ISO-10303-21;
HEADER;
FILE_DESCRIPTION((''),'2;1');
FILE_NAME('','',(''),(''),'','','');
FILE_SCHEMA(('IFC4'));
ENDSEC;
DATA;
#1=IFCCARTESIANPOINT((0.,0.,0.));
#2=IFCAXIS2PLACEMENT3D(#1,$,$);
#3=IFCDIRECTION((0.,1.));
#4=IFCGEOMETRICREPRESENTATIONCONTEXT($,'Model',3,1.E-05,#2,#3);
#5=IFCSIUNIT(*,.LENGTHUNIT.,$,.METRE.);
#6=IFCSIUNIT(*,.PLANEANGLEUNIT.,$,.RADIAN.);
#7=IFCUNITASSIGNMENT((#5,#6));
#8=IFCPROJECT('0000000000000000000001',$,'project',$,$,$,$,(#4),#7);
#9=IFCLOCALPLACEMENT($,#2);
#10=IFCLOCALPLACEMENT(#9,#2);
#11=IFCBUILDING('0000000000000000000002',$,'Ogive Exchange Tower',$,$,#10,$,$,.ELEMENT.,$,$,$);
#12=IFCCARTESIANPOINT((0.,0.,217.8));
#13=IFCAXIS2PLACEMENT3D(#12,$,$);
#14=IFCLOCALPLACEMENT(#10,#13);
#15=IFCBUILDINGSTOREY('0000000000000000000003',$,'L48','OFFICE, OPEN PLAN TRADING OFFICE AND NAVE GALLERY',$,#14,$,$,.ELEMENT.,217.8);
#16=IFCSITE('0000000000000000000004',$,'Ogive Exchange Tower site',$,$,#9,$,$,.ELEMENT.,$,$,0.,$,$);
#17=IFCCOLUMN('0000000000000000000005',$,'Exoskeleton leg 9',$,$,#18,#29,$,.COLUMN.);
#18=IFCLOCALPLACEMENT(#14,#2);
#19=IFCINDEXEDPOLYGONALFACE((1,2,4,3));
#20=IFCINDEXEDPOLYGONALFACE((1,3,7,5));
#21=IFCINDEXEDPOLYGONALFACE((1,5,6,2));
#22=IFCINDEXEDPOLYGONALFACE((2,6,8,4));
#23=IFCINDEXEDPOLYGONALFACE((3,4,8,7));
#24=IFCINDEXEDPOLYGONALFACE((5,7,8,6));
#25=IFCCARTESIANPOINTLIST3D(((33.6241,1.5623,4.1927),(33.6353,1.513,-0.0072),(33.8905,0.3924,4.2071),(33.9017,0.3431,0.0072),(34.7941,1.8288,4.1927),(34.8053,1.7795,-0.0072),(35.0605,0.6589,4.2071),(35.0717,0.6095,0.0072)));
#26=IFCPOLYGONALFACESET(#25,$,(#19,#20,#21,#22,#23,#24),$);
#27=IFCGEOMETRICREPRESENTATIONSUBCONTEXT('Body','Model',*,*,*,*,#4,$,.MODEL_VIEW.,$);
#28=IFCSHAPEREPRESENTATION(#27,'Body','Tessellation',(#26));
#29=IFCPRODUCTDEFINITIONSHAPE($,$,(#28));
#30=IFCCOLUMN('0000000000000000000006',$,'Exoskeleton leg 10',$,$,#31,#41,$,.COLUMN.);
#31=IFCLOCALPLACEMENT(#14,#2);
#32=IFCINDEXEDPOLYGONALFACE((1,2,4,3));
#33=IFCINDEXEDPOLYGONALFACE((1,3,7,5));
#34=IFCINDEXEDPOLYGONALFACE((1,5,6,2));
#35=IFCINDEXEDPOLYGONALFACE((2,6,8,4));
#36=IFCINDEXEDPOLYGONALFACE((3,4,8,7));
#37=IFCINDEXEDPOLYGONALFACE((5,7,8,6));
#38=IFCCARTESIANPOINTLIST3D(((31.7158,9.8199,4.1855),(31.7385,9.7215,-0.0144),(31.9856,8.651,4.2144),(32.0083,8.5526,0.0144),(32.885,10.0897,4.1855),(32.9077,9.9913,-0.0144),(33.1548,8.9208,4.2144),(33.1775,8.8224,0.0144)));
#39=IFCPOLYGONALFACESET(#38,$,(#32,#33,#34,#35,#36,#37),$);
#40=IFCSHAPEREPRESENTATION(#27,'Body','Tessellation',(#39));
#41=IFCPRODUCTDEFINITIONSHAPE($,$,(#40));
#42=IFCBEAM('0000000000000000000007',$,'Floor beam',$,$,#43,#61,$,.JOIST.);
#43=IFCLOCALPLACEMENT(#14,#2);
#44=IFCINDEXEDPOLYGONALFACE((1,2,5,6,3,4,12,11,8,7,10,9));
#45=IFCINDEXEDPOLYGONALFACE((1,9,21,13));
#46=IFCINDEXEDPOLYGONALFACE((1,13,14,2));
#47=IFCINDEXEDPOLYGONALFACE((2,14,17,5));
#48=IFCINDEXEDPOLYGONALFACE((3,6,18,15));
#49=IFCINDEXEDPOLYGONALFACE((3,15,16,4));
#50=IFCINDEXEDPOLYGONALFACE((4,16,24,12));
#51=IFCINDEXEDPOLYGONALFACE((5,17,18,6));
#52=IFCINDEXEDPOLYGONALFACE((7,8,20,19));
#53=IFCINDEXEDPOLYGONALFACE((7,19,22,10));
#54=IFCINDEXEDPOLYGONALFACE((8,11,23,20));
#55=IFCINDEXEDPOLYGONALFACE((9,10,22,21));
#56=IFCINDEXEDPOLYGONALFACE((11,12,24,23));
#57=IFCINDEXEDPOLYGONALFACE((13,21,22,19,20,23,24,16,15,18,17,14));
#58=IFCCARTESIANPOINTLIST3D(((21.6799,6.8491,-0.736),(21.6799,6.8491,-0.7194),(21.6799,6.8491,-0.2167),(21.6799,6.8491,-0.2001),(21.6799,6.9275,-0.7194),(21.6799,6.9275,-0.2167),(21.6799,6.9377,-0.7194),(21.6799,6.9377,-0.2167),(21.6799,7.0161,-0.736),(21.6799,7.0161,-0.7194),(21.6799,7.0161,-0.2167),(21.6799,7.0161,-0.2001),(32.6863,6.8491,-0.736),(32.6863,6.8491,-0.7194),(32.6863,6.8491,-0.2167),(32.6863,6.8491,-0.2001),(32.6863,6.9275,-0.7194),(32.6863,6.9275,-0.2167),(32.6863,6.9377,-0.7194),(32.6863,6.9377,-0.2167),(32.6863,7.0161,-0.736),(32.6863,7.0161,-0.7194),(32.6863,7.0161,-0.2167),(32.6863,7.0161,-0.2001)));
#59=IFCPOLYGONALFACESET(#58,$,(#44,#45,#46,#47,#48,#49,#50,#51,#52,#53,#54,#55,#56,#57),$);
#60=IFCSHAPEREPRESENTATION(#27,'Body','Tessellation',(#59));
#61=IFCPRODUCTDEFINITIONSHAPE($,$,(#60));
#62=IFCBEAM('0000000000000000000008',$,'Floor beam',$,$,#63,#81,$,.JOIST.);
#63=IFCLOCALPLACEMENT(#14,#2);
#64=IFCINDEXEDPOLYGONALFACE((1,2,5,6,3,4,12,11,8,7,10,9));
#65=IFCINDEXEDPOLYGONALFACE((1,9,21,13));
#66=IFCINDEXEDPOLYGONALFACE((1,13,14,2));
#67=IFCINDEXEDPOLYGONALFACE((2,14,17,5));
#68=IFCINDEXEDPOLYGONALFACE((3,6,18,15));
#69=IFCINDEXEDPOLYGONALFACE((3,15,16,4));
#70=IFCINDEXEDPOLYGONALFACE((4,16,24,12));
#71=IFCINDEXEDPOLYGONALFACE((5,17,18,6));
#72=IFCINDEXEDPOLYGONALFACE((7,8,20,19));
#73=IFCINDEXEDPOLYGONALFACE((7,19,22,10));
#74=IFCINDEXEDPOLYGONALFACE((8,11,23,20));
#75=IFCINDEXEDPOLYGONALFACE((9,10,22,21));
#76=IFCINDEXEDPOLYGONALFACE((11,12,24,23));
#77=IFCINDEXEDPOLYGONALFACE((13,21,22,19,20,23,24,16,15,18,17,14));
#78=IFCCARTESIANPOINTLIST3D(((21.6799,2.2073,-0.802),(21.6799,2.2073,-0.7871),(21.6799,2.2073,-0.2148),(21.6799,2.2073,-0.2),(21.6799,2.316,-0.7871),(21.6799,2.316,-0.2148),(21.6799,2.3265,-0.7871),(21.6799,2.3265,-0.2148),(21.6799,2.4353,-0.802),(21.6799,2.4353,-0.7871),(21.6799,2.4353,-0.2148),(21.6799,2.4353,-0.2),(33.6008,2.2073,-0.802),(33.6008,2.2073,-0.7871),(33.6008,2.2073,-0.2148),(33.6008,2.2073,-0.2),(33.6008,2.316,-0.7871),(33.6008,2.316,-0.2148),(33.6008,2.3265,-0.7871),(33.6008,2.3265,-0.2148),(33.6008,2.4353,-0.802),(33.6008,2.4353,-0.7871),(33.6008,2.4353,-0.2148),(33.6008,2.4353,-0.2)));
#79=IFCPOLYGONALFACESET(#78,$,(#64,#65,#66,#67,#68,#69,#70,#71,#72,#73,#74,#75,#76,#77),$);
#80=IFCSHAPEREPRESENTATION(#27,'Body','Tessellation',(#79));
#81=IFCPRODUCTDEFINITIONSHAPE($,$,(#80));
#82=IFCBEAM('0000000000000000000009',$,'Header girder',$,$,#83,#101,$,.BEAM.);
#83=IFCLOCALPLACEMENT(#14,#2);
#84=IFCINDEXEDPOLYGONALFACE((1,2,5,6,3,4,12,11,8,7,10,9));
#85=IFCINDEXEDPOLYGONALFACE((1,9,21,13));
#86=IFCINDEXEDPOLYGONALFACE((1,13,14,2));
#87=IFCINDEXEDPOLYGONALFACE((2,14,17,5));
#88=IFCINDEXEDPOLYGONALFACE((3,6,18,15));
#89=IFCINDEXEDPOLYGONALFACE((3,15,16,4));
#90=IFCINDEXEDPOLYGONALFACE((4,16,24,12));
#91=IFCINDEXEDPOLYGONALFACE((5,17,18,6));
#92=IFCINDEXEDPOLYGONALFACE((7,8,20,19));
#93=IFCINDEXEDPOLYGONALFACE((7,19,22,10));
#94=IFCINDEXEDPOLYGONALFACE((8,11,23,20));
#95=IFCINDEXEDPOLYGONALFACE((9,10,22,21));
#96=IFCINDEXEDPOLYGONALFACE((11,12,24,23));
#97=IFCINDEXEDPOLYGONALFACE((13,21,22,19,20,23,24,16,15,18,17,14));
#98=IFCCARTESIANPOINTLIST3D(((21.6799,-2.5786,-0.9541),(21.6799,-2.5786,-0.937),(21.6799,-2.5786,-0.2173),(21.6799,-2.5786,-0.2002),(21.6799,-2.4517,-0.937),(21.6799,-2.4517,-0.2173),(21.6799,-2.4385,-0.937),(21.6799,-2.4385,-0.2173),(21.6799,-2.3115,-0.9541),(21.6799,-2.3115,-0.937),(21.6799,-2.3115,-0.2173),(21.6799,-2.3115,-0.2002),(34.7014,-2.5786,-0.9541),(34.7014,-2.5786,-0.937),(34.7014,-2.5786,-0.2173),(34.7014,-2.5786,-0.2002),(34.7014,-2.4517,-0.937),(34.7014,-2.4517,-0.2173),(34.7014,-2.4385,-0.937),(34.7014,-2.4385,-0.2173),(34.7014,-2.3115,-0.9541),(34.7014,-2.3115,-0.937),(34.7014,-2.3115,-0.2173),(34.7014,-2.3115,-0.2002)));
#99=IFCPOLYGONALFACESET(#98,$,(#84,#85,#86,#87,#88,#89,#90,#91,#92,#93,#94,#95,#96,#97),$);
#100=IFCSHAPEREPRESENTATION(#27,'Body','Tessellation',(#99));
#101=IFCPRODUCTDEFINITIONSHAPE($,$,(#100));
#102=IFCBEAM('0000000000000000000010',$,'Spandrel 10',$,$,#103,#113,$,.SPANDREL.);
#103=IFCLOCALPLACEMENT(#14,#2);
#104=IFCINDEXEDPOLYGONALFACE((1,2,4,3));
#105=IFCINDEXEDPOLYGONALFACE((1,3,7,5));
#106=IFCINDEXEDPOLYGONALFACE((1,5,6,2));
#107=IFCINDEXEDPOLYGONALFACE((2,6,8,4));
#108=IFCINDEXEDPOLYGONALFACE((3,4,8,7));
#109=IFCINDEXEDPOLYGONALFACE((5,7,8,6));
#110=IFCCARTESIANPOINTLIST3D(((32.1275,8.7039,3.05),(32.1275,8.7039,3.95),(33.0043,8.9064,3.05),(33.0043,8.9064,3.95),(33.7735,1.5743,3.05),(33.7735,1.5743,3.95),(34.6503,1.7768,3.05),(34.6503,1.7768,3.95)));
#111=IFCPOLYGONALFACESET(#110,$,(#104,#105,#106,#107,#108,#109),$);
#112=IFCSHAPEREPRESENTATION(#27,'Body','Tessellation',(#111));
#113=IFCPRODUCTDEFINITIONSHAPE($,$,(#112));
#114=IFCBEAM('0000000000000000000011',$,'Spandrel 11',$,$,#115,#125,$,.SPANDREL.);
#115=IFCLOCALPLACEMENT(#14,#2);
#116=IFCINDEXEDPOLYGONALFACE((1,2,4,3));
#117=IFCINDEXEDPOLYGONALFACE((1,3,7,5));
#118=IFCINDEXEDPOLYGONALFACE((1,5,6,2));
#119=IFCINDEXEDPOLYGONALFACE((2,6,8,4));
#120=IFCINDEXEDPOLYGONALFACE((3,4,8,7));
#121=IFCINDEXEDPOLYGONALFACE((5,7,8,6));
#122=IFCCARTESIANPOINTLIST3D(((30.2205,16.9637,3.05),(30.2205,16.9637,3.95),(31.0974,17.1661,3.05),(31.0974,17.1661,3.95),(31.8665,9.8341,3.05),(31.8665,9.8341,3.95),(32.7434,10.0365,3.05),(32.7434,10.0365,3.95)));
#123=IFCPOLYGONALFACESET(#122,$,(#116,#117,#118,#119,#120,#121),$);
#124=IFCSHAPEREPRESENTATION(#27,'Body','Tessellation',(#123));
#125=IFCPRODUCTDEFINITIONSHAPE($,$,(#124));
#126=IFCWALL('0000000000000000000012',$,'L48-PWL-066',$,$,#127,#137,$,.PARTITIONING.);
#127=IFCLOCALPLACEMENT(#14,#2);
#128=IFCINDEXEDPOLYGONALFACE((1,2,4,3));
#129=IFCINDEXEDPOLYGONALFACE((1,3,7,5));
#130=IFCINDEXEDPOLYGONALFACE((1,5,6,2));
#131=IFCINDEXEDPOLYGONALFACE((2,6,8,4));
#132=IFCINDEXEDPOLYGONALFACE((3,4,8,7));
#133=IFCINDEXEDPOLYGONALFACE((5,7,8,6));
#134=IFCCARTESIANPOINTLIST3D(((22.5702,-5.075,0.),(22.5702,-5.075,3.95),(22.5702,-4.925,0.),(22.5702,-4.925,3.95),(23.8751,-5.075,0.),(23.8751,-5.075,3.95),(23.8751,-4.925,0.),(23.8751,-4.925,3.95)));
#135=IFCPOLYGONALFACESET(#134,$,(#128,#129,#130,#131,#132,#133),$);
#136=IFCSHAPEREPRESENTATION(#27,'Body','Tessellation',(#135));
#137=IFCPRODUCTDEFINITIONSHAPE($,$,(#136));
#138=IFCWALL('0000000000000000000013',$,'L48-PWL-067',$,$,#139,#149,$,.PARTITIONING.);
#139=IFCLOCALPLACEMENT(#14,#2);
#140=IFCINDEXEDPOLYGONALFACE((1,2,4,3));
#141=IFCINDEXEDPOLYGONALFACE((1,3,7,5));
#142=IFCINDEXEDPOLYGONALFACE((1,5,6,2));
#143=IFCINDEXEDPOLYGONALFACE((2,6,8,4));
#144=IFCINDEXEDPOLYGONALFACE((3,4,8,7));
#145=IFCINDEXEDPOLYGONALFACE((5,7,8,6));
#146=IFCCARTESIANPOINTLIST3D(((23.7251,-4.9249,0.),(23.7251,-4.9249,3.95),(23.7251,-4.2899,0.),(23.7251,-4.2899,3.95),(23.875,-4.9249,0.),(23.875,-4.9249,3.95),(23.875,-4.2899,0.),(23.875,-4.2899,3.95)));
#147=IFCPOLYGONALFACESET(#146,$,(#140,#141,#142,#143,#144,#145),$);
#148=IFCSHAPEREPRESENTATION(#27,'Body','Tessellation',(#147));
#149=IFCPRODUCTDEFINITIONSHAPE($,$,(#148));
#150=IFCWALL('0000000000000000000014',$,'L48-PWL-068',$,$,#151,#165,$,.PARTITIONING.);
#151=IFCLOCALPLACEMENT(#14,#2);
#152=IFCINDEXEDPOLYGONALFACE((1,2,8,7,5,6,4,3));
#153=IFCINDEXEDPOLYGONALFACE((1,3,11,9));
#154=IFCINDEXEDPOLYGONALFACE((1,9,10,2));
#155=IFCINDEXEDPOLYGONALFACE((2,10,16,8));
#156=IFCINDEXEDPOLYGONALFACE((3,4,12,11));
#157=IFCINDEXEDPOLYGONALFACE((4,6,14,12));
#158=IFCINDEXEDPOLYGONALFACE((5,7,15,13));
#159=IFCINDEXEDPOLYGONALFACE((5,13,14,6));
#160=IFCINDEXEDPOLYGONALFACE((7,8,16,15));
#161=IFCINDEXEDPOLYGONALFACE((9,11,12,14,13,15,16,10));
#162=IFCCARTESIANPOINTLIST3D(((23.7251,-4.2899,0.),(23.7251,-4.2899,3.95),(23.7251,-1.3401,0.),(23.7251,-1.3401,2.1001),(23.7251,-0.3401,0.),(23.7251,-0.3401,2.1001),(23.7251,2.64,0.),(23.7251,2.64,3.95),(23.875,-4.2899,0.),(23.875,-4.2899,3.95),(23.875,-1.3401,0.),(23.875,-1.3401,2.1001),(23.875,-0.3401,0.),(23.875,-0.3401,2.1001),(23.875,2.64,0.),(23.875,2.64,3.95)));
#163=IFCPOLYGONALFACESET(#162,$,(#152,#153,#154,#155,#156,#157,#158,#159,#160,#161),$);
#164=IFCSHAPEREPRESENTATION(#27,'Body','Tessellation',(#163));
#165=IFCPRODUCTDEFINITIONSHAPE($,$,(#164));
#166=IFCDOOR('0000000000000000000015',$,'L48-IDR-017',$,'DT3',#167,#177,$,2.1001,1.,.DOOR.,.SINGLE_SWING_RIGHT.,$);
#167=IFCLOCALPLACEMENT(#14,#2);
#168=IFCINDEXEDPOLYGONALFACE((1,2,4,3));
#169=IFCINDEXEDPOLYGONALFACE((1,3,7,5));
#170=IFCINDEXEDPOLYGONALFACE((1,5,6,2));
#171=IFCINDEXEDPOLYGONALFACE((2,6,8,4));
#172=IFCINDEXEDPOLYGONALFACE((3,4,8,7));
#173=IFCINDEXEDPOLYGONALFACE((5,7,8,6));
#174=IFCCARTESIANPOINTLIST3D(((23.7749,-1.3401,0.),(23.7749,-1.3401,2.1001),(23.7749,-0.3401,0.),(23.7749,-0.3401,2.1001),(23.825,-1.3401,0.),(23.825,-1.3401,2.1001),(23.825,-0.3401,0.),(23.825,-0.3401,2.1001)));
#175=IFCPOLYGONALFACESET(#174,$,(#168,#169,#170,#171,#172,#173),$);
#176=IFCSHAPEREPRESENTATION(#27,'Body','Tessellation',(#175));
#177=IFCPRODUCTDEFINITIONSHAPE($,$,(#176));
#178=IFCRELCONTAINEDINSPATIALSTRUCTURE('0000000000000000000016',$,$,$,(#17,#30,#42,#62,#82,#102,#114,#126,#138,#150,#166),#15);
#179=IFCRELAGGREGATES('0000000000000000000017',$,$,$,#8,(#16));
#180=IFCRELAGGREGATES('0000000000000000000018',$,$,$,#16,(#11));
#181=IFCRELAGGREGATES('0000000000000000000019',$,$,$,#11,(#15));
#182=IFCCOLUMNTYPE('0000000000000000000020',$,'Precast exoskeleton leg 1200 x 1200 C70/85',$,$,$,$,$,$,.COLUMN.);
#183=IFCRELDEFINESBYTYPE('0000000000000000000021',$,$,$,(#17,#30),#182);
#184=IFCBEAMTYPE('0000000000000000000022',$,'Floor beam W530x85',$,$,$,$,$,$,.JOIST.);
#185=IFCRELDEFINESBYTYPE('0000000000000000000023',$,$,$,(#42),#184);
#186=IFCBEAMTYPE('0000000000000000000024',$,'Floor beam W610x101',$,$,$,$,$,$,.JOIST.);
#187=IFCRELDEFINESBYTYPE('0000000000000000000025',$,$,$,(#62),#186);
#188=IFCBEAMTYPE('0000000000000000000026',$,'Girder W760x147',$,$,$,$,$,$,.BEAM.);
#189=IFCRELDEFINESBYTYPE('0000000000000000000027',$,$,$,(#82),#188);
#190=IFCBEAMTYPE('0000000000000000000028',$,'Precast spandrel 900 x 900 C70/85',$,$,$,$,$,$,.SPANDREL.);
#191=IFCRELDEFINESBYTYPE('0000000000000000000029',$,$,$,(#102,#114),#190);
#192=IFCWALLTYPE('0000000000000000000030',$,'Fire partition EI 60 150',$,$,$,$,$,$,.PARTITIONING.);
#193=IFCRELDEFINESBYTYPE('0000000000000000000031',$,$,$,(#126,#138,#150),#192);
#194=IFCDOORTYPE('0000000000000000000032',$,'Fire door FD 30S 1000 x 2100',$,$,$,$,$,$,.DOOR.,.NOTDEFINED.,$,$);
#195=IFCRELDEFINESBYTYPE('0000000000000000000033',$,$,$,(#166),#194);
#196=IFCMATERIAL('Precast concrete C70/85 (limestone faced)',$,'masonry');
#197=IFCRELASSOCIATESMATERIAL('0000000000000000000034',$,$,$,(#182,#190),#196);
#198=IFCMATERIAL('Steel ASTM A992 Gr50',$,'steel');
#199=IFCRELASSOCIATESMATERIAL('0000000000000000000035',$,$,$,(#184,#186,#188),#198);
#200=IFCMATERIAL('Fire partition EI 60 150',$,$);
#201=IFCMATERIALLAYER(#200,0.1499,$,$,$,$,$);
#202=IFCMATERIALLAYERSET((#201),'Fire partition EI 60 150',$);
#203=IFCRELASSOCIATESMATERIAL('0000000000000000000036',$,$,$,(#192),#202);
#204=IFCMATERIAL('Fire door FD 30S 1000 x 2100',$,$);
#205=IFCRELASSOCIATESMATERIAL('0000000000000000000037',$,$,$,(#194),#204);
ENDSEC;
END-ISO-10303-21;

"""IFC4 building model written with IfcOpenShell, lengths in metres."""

from ifc_helpers import new_model, si_unit, direction, frame, frame_2d, origin, origin_2d, place, context, subcontext, project, spatial, rectangle, i_section, extrude, material, layer, layer_set, material_profile, profile_set, type_object, element, fill, save


model = new_model("IFC4")

# Units and contexts
model_context = context("Model", 3, precision=1e-05, world=origin(), true_north=direction((0.0, 1.0)))
body_context = subcontext(model_context, "Body", "Model", "MODEL_VIEW")
ifc_project = project(units=[si_unit("LENGTHUNIT", "METRE"), si_unit("PLANEANGLEUNIT", "RADIAN")], contexts=[model_context])

# Site, building, storey
site_placement = place(None, origin())
site = spatial("IfcSite", under=ifc_project, at=site_placement, Name="Ogive Exchange Tower site", CompositionType="ELEMENT", RefElevation=0.0)
building_placement = place(site_placement, origin())
building = spatial("IfcBuilding", under=site, at=building_placement, Name="Ogive Exchange Tower", CompositionType="ELEMENT")
storey_placement = place(building_placement, frame((0.0, 0.0, 217.8)))
storey = spatial("IfcBuildingStorey", under=building, at=storey_placement, Name="L48", Description="OFFICE, OPEN PLAN TRADING OFFICE AND NAVE GALLERY", CompositionType="ELEMENT", Elevation=217.8)

# Columns
ifc_material_1 = material(Name="Precast concrete C70/85 (limestone faced)", Category="masonry")
ifc_material_profile_1 = material_profile(ifc_material_1, rectangle(XDim=1.2, YDim=1.2, at=origin_2d()), Name="1200 x 1200")
ifc_profile_set_1 = profile_set([ifc_material_profile_1], Name="Precast concrete C70/85 (limestone faced)")
column_type = type_object("IfcColumnType", Name="Precast exoskeleton leg 1200 x 1200 C70/85", PredefinedType="COLUMN", material=ifc_profile_set_1)
column_1_placement = place(storey_placement, frame((34.3535, 1.0613, 0.0), z_axis=(-0.002674, 0.011741, 0.999927), x_axis=(-0.975038, -0.222038, 0.0)))
element("IfcColumn", 1, at=column_1_placement, inside=storey, type_object=column_type, Name="Exoskeleton leg 9", PredefinedType="COLUMN", context=body_context, shape_type="SweptSolid", body=[
    extrude(rectangle(XDim=1.2, YDim=1.2, at=origin_2d()), origin(), (0.0, 0.0, 1.0), 4.2002),
])
column_2_placement = place(storey_placement, frame((32.458, 9.272, 0.0), z_axis=(-0.005404, 0.023419, 0.999711), x_axis=(-0.974391, -0.22486, 0.0)))
element("IfcColumn", 2, at=column_2_placement, inside=storey, type_object=column_type, Name="Exoskeleton leg 10", PredefinedType="COLUMN", context=body_context, shape_type="SweptSolid", body=[
    extrude(rectangle(XDim=1.2, YDim=1.2, at=origin_2d()), origin(), (0.0, 0.0, 1.0), 4.2012),
])

# Beams
ifc_material_2 = material(Name="Steel ASTM A992 Gr50", Category="steel")
ifc_material_profile_2 = material_profile(ifc_material_2, i_section(OverallWidth=0.167, OverallDepth=0.5359, WebThickness=0.0103, FlangeThickness=0.0166, at=origin_2d()), Name="W530x85")
ifc_profile_set_2 = profile_set([ifc_material_profile_2], Name="Steel ASTM A992 Gr50")
beam_type_1 = type_object("IfcBeamType", Name="Floor beam W530x85", PredefinedType="JOIST", material=ifc_profile_set_2)
beam_1_placement = place(storey_placement, frame((21.6799, 6.9326, -0.468), z_axis=(1.0, 0.0, 0.0), x_axis=(0.0, 1.0, 0.0)))
element("IfcBeam", 3, at=beam_1_placement, inside=storey, type_object=beam_type_1, Name="Floor beam", PredefinedType="JOIST", context=body_context, shape_type="SweptSolid", body=[
    extrude(i_section(OverallWidth=0.167, OverallDepth=0.5359, WebThickness=0.0103, FlangeThickness=0.0166, at=origin_2d()), origin(), (0.0, 0.0, 1.0), 11.0063),
])
ifc_material_profile_3 = material_profile(ifc_material_2, i_section(OverallWidth=0.228, OverallDepth=0.6021, WebThickness=0.0105, FlangeThickness=0.0149, at=origin_2d()), Name="W610x101")
ifc_profile_set_3 = profile_set([ifc_material_profile_3], Name="Steel ASTM A992 Gr50")
beam_type_2 = type_object("IfcBeamType", Name="Floor beam W610x101", PredefinedType="JOIST", material=ifc_profile_set_3)
beam_2_placement = place(storey_placement, frame((21.6799, 2.3213, -0.501), z_axis=(1.0, 0.0, 0.0), x_axis=(0.0, 1.0, 0.0)))
element("IfcBeam", 4, at=beam_2_placement, inside=storey, type_object=beam_type_2, Name="Floor beam", PredefinedType="JOIST", context=body_context, shape_type="SweptSolid", body=[
    extrude(i_section(OverallWidth=0.228, OverallDepth=0.6021, WebThickness=0.0105, FlangeThickness=0.0149, at=origin_2d()), origin(), (0.0, 0.0, 1.0), 11.9209),
])
ifc_material_profile_4 = material_profile(ifc_material_2, i_section(OverallWidth=0.2671, OverallDepth=0.7539, WebThickness=0.0132, FlangeThickness=0.0171, at=origin_2d()), Name="W760x147")
ifc_profile_set_4 = profile_set([ifc_material_profile_4], Name="Steel ASTM A992 Gr50")
beam_type_3 = type_object("IfcBeamType", Name="Girder W760x147", PredefinedType="BEAM", material=ifc_profile_set_4)
beam_3_placement = place(storey_placement, frame((21.6799, -2.4451, -0.5771), z_axis=(1.0, 0.0, 0.0), x_axis=(0.0, 1.0, 0.0)))
element("IfcBeam", 5, at=beam_3_placement, inside=storey, type_object=beam_type_3, Name="Header girder", PredefinedType="BEAM", context=body_context, shape_type="SweptSolid", body=[
    extrude(i_section(OverallWidth=0.2671, OverallDepth=0.7539, WebThickness=0.0132, FlangeThickness=0.0171, at=origin_2d()), origin(), (0.0, 0.0, 1.0), 13.0215),
])
ifc_material_profile_5 = material_profile(ifc_material_1, rectangle(XDim=0.8999, YDim=0.8999, at=origin_2d()), Name="900 x 900")
ifc_profile_set_5 = profile_set([ifc_material_profile_5], Name="Precast concrete C70/85 (limestone faced)")
beam_type_4 = type_object("IfcBeamType", Name="Precast spandrel 900 x 900 C70/85", PredefinedType="SPANDREL", material=ifc_profile_set_5)
for number, where, z_axis, x_axis, name in (
    (6, (34.2119, 1.6755, 3.5), (-0.22495, 0.97437, 0.0), (-0.97437, -0.22495, 0.0), "Spandrel 10"),
    (7, (32.3049, 9.9353, 3.5), (-0.22495, 0.97437, 0.0), (-0.97437, -0.22495, 0.0), "Spandrel 11"),
):
    element("IfcBeam", number, at=place(storey_placement, frame(where, z_axis=z_axis, x_axis=x_axis)), inside=storey, type_object=beam_type_4, Name=name, PredefinedType="SPANDREL", context=body_context, shape_type="SweptSolid", body=[
        extrude(rectangle(XDim=0.8999, YDim=0.8999, at=origin_2d()), origin(), (0.0, 0.0, 1.0), 7.3171),
    ])

# Walls
ifc_material_3 = material(Name="Fire partition EI 60 150")
ifc_layer_1 = layer(ifc_material_3, 0.1499)
ifc_layer_set_1 = layer_set([ifc_layer_1], Name="Fire partition EI 60 150")
wall_type_1 = type_object("IfcWallType", Name="Fire partition EI 60 150", PredefinedType="PARTITIONING", material=ifc_layer_set_1)
wall_1_placement = place(storey_placement, frame((23.875, -5.0, 0.0), z_axis=(0.0, 0.0, 1.0), x_axis=(-1.0, 0.0, 0.0)))
element("IfcWall", 8, at=wall_1_placement, inside=storey, type_object=wall_type_1, Name="L48-PWL-066", PredefinedType="PARTITIONING", context=body_context, shape_type="SweptSolid", body=[
    extrude(rectangle(XDim=1.3049, YDim=0.1499, at=frame_2d((0.6523, 0.0))), origin(), (0.0, 0.0, 1.0), 3.95),
])
wall_2_placement = place(storey_placement, frame((23.8, -4.29, 0.0), z_axis=(0.0, 0.0, 1.0), x_axis=(0.0, -1.0, 0.0)))
element("IfcWall", 9, at=wall_2_placement, inside=storey, type_object=wall_type_1, Name="L48-PWL-067", PredefinedType="PARTITIONING", context=body_context, shape_type="SweptSolid", body=[
    extrude(rectangle(XDim=0.635, YDim=0.1499, at=frame_2d((0.3174, 0.0))), origin(), (0.0, 0.0, 1.0), 3.95),
])

# Wall, opening, door
wall_3_placement = place(storey_placement, frame((23.8, 2.6399, 0.0), z_axis=(0.0, 0.0, 1.0), x_axis=(0.0, -1.0, 0.0)))
wall_3 = element("IfcWall", 10, at=wall_3_placement, inside=storey, type_object=wall_type_1, Name="L48-PWL-068", PredefinedType="PARTITIONING", context=body_context, shape_type="SweptSolid", body=[
    extrude(rectangle(XDim=6.9299, YDim=0.1499, at=frame_2d((3.4648, 0.0))), origin(), (0.0, 0.0, 1.0), 3.95),
])
opening_1_placement = place(wall_3_placement, frame((2.98, 0.0, 0.0)))
opening_1 = element("IfcOpeningElement", 11, at=opening_1_placement, cuts=wall_3, PredefinedType="OPENING", context=body_context, shape_type="SweptSolid", body=[
    extrude(rectangle(XDim=1.0, YDim=2.1001, at=frame_2d((0.5, 1.05))), frame((0.0, 0.085, 0.0), z_axis=(0.0, -1.0, 0.0), x_axis=(1.0, 0.0, 0.0)), (0.0, 0.0, 1.0), 0.1699),
])
ifc_material_4 = material(Name="Fire door FD 30S 1000 x 2100")
door_type_1 = type_object("IfcDoorType", Name="Fire door FD 30S 1000 x 2100", OperationType="NOTDEFINED", PredefinedType="DOOR", material=ifc_material_4)
door_1_placement = place(opening_1_placement, origin())
door_1 = element("IfcDoor", 12, at=door_1_placement, inside=storey, type_object=door_type_1, Name="L48-IDR-017", ObjectType="DT3", OperationType="SINGLE_SWING_RIGHT", OverallHeight=2.1001, OverallWidth=1.0, PredefinedType="DOOR", context=body_context, shape_type="SweptSolid", body=[
    extrude(rectangle(XDim=1.0, YDim=2.1001, at=frame_2d((0.5, 1.05))), frame((0.0, 0.0249, 0.0), z_axis=(0.0, -1.0, 0.0), x_axis=(1.0, 0.0, 0.0)), (0.0, 0.0, 1.0), 0.05),
])
fill(opening_1, door_1)

save(model, "model.ifc")
